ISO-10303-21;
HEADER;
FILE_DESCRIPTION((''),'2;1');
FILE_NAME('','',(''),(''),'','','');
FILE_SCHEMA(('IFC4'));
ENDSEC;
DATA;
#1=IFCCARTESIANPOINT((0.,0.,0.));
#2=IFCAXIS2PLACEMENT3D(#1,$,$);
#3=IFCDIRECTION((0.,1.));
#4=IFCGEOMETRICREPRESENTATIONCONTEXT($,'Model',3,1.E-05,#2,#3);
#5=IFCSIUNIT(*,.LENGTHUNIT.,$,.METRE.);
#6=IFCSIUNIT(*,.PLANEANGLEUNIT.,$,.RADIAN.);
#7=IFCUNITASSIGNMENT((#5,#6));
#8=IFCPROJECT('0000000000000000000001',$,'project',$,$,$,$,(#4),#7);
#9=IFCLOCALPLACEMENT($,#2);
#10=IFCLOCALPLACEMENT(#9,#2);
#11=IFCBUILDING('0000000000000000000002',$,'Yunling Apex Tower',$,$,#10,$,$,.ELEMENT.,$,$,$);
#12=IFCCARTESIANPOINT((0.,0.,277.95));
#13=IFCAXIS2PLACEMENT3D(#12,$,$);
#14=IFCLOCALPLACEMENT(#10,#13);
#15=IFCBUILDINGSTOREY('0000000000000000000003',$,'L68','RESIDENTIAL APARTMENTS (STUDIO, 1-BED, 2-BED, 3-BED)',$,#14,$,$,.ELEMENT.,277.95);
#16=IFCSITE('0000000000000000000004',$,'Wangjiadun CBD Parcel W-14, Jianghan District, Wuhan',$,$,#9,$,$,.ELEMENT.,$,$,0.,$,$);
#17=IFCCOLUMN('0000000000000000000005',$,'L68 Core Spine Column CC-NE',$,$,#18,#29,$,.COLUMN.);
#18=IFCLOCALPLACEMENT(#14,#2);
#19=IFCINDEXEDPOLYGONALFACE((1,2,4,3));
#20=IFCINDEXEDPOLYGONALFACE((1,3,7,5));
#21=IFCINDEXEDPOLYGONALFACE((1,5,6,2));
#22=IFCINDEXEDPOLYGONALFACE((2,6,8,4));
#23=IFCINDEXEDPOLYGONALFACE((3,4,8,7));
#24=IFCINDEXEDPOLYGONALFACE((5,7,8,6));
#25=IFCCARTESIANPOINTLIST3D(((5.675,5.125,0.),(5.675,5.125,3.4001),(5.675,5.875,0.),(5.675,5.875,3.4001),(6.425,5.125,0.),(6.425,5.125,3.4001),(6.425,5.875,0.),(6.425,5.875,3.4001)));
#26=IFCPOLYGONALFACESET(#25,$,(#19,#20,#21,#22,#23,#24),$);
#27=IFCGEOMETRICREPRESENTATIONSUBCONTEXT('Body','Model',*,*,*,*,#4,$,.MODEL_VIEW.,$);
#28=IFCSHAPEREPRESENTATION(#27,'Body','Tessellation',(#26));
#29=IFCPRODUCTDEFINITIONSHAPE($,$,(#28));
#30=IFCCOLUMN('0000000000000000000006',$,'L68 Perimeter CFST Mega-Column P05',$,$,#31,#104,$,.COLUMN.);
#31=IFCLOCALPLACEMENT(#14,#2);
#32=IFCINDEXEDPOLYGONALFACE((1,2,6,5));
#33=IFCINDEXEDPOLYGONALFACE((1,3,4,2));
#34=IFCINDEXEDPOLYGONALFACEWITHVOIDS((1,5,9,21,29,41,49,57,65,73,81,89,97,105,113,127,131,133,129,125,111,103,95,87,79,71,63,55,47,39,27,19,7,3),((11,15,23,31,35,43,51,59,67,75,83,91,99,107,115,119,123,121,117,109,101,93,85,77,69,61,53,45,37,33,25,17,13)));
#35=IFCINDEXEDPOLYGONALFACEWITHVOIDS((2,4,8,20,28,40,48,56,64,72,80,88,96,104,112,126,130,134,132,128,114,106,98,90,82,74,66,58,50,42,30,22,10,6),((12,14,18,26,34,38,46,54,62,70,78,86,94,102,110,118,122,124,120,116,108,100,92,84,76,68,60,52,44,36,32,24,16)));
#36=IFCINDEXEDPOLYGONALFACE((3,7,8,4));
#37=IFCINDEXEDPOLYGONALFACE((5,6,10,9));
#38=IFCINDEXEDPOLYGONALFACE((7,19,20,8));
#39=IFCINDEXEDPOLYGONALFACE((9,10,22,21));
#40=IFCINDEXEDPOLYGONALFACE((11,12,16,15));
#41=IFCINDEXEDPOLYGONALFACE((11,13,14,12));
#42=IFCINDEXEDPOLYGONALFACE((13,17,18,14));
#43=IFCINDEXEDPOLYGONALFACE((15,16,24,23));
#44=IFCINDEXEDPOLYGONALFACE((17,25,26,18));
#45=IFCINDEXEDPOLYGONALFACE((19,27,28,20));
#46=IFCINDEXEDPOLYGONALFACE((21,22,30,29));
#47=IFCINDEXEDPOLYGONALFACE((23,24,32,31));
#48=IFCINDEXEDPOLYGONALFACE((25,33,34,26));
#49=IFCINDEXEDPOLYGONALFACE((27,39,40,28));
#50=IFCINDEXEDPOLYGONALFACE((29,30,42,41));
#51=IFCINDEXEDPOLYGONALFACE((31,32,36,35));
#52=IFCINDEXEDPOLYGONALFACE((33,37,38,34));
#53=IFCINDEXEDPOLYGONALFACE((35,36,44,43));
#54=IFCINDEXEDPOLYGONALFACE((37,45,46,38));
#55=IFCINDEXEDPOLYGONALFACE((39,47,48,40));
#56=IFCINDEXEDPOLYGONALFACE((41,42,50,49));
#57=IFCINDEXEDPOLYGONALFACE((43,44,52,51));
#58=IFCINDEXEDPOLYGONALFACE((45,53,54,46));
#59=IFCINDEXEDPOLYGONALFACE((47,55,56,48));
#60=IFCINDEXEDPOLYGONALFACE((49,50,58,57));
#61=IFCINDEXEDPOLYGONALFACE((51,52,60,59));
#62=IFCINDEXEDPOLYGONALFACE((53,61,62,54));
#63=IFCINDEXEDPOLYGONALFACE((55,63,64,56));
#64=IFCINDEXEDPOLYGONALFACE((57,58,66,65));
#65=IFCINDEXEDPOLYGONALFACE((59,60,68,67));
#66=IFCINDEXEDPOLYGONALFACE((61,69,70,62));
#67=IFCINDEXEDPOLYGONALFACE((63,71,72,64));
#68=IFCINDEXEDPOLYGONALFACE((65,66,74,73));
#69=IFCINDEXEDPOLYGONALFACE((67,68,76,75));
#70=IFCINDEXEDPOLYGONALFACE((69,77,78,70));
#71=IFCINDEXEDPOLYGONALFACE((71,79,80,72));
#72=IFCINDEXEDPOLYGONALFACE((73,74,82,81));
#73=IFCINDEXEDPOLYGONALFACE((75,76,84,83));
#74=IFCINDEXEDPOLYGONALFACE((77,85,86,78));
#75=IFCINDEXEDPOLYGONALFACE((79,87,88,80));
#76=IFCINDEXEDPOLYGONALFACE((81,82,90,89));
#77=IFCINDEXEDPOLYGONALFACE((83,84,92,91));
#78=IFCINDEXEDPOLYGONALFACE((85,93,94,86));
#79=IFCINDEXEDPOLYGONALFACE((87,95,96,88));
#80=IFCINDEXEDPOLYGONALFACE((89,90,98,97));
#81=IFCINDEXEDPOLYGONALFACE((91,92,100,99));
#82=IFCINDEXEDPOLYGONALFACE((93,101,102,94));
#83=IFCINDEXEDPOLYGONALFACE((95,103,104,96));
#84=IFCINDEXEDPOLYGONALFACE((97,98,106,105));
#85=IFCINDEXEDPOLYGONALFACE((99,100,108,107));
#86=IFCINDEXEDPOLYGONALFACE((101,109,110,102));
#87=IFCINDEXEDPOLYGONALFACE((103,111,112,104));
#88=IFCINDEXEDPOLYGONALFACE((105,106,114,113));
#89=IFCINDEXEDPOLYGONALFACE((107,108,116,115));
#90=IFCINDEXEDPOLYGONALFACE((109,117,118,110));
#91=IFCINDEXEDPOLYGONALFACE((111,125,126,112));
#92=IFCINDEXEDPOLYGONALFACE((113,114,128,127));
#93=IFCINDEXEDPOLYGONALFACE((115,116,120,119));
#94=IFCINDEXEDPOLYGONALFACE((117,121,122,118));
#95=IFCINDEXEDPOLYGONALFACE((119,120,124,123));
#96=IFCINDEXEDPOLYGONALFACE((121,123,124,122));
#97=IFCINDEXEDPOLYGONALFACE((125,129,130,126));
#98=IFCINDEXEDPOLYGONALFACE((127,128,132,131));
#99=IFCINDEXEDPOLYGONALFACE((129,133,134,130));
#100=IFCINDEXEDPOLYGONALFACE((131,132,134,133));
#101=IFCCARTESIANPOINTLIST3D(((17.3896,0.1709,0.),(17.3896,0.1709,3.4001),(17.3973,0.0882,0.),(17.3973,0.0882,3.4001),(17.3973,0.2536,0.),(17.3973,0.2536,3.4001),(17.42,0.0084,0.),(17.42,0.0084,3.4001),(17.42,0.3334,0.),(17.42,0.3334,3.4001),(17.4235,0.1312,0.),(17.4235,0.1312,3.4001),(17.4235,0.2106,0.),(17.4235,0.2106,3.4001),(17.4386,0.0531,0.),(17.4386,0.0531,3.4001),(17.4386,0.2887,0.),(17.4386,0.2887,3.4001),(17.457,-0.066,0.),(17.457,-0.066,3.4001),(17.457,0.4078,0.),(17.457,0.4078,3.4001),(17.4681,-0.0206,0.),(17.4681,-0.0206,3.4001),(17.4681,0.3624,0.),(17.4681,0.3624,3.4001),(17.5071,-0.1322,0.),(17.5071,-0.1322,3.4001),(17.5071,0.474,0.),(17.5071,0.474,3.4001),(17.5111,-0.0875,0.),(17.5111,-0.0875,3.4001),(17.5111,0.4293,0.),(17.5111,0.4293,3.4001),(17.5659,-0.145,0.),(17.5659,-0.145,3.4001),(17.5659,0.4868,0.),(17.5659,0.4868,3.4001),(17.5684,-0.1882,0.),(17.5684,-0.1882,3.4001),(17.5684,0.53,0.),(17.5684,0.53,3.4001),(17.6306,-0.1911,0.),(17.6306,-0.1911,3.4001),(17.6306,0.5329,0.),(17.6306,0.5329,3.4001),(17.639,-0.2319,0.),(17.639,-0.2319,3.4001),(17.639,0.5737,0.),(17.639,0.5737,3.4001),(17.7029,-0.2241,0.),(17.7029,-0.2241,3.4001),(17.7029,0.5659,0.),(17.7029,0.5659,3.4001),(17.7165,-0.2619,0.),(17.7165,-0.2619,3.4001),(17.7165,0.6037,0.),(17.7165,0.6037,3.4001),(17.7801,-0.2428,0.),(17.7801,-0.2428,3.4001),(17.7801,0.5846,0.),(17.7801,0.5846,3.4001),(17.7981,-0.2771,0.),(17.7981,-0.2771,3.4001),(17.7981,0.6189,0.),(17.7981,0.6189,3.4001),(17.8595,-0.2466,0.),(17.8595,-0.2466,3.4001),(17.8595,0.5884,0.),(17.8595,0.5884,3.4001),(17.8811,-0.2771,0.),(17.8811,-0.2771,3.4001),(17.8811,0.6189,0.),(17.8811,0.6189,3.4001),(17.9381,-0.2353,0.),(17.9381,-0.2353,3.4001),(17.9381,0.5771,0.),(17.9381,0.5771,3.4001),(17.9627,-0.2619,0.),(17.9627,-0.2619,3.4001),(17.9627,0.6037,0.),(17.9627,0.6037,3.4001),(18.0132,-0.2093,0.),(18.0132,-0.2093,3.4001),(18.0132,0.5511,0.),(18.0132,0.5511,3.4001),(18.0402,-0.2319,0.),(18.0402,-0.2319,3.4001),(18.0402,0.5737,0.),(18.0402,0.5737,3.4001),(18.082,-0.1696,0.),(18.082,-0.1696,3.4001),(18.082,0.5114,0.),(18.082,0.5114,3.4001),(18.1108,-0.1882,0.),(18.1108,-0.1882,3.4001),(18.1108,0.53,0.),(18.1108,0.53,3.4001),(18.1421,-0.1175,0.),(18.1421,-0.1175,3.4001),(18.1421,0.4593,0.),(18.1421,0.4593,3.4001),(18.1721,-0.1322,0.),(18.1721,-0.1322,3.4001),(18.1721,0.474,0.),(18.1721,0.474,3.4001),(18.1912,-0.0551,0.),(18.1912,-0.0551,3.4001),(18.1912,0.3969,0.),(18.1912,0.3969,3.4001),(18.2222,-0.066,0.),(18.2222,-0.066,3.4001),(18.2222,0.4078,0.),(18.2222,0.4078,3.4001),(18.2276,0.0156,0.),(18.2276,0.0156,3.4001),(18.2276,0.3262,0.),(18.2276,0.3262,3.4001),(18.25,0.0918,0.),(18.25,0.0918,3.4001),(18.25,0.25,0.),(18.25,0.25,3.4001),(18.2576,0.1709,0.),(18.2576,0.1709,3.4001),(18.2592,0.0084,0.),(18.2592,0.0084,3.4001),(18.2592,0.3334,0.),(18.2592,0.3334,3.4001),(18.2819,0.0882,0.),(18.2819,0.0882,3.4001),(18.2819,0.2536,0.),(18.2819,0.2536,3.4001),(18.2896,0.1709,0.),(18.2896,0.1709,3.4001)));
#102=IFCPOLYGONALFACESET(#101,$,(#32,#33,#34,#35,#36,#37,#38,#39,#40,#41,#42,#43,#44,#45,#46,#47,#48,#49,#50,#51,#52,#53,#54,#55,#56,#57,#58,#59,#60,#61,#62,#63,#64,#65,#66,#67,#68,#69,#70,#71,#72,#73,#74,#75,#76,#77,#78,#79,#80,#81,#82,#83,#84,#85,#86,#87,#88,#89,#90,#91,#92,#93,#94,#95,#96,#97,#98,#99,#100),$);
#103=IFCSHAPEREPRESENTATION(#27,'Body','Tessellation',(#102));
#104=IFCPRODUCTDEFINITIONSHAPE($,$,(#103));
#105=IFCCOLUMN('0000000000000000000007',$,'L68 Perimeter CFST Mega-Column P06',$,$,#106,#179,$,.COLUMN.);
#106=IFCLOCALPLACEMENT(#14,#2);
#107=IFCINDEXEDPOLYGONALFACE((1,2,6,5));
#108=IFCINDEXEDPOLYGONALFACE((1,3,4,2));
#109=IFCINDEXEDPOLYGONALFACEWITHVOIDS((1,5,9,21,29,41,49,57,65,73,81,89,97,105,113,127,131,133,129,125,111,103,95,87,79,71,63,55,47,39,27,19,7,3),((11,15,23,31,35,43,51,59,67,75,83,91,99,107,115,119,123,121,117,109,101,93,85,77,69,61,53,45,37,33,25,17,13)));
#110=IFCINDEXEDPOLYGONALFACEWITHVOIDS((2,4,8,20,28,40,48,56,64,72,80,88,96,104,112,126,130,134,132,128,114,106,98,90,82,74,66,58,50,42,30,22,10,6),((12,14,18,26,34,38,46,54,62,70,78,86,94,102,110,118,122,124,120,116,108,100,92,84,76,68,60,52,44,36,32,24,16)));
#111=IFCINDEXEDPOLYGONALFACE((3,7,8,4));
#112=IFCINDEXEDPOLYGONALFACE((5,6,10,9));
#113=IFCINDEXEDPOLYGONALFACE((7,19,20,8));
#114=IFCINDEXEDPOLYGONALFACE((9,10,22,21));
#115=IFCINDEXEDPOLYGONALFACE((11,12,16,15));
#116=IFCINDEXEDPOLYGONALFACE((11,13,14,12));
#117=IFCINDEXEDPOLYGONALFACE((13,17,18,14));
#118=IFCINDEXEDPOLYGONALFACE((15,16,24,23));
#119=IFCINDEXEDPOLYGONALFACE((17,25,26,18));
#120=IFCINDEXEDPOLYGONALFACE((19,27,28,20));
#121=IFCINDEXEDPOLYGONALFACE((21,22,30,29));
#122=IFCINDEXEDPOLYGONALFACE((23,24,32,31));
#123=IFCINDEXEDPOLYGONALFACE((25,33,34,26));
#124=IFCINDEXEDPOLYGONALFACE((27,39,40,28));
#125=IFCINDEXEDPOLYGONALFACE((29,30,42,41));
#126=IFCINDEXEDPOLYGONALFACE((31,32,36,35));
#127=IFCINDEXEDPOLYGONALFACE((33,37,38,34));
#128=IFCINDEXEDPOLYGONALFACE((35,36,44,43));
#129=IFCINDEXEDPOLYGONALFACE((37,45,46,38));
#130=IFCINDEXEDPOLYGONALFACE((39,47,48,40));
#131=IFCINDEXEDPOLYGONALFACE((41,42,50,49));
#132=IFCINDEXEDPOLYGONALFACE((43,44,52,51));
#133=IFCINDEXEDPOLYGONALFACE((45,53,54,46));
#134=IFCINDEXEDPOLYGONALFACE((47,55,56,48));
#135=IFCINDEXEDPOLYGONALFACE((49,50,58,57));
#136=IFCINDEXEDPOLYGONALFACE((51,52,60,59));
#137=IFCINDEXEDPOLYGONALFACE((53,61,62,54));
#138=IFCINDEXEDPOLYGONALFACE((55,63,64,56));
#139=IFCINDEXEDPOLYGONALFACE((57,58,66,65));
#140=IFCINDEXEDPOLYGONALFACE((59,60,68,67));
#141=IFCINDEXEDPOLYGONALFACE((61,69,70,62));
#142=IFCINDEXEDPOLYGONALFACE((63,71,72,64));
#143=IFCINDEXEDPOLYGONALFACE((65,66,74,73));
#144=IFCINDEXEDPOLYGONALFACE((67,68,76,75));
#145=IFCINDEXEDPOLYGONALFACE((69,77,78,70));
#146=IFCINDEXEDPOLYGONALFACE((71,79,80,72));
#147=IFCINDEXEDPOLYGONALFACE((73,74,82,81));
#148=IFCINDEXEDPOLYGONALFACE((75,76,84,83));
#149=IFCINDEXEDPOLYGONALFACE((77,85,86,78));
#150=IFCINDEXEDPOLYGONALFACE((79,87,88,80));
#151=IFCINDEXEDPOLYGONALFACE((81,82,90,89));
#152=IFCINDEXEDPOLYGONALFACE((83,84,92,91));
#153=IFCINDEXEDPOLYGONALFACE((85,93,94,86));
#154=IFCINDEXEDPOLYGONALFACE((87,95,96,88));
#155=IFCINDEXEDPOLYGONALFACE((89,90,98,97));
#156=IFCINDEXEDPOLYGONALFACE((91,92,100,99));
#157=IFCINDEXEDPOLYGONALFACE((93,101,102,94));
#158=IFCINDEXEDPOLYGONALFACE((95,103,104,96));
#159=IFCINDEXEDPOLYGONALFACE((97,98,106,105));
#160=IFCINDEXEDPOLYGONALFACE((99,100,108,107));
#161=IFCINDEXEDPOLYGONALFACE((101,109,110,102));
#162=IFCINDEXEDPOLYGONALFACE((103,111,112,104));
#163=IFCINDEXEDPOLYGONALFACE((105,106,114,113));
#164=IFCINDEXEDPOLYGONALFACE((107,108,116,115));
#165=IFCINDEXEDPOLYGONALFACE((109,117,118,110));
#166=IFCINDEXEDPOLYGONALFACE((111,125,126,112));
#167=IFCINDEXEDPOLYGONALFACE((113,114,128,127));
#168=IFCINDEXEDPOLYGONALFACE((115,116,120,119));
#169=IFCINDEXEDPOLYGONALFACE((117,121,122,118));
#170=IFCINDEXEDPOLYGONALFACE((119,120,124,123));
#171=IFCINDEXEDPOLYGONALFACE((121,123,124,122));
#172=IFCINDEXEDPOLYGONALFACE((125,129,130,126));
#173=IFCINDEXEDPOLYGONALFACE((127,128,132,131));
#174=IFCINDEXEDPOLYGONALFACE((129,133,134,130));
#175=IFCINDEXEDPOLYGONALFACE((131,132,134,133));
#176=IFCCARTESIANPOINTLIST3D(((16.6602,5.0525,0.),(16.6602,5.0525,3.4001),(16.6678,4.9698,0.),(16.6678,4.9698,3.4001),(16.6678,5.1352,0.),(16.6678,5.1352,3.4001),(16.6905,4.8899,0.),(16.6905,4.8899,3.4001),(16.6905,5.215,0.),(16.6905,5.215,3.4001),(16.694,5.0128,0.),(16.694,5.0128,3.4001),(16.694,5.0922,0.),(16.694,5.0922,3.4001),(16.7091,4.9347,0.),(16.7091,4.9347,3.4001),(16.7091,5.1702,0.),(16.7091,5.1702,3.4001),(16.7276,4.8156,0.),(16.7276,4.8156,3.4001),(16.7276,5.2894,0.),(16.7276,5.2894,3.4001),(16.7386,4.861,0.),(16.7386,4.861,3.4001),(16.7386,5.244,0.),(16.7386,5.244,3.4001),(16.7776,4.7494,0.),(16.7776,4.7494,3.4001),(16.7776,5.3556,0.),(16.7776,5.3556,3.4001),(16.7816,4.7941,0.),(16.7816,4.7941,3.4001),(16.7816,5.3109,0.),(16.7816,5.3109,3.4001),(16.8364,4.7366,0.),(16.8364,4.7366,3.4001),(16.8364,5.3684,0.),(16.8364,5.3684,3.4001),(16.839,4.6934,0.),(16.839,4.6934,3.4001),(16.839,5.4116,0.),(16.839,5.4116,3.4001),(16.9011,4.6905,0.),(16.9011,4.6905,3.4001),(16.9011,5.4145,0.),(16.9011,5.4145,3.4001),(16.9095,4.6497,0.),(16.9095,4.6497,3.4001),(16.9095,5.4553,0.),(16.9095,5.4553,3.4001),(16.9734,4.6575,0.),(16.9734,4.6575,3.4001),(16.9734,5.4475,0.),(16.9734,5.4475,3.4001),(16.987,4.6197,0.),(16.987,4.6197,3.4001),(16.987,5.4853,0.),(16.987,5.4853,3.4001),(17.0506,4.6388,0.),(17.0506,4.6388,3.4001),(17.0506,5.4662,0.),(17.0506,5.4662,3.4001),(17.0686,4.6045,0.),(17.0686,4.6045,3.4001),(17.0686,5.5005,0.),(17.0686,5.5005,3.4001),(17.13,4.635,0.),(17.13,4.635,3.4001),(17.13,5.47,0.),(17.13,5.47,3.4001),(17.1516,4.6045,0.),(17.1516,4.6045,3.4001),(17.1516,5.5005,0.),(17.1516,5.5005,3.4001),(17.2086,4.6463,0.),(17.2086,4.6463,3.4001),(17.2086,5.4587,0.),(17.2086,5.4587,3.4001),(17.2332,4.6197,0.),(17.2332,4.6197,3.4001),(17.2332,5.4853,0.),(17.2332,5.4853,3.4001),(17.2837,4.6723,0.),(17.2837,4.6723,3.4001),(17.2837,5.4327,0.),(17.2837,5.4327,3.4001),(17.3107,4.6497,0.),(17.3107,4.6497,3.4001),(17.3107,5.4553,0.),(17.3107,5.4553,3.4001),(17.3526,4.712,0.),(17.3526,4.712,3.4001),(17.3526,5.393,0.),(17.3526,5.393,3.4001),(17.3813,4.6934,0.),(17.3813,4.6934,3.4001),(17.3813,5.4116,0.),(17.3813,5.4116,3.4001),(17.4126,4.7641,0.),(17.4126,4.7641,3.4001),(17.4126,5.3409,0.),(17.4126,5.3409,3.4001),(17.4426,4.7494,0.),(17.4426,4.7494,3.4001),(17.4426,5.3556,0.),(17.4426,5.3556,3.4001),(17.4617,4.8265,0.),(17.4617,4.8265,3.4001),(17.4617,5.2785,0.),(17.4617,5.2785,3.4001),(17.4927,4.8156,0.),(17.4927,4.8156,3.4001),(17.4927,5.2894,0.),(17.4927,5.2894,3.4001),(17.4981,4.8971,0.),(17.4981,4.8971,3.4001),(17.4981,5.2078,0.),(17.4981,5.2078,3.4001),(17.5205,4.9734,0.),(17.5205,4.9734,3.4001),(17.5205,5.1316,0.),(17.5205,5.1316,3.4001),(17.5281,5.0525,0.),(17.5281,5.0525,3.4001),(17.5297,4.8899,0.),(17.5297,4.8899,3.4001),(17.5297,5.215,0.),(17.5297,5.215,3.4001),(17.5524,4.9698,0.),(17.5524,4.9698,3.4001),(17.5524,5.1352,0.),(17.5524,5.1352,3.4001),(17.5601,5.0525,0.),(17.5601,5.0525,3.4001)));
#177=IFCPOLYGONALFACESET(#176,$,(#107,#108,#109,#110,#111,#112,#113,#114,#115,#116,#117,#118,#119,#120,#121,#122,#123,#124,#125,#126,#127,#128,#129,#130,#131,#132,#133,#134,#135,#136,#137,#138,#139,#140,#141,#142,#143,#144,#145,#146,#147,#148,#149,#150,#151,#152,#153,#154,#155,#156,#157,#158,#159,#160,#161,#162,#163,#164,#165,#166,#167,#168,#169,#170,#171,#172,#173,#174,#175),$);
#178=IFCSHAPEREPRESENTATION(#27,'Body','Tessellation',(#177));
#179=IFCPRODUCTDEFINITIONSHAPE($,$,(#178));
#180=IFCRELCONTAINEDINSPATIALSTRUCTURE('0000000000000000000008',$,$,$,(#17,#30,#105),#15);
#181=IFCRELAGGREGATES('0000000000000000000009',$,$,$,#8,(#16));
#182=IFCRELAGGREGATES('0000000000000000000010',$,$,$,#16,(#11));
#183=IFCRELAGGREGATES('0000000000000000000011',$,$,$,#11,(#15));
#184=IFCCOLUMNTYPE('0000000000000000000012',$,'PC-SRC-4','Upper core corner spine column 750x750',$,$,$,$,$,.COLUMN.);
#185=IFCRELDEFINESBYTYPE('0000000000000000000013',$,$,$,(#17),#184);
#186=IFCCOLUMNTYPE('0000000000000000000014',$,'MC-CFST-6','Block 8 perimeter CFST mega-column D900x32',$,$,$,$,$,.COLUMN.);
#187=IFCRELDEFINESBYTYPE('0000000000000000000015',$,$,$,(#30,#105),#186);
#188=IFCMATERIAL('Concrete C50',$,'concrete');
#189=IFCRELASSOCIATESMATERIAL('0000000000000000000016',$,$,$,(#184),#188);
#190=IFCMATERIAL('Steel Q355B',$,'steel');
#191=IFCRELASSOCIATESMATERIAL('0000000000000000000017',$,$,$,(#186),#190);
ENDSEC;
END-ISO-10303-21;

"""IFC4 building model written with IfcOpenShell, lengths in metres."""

from ifc_helpers import new_model, si_unit, direction, frame, origin, origin_2d, place, context, subcontext, project, spatial, rectangle, hollow_circle, extrude, source, transform, mapped, material, material_profile, profile_set, type_object, element, save


model = new_model("IFC4")

# Units and contexts
model_context = context("Model", 3, precision=1e-05, world=origin(), true_north=direction((0.0, 1.0)))
body_context = subcontext(model_context, "Body", "Model", "MODEL_VIEW")
ifc_project = project(units=[si_unit("LENGTHUNIT", "METRE"), si_unit("PLANEANGLEUNIT", "RADIAN")], contexts=[model_context])

# Site, building, storey
site_placement = place(None, origin())
site = spatial("IfcSite", under=ifc_project, at=site_placement, Name="Wangjiadun CBD Parcel W-14, Jianghan District, Wuhan", CompositionType="ELEMENT", RefElevation=0.0)
building_placement = place(site_placement, origin())
building = spatial("IfcBuilding", under=site, at=building_placement, Name="Yunling Apex Tower", CompositionType="ELEMENT")
storey_placement = place(building_placement, frame((0.0, 0.0, 277.95)))
storey = spatial("IfcBuildingStorey", under=building, at=storey_placement, Name="L68", Description="RESIDENTIAL APARTMENTS (STUDIO, 1-BED, 2-BED, 3-BED)", CompositionType="ELEMENT", Elevation=277.95)

# Columns
ifc_material_1 = material(Name="Concrete C50", Category="concrete")
ifc_material_profile_1 = material_profile(ifc_material_1, rectangle(XDim=0.75, YDim=0.75, at=origin_2d()))
ifc_profile_set_1 = profile_set([ifc_material_profile_1], Name="Concrete C50")
column_type_1 = type_object("IfcColumnType", Name="PC-SRC-4", Description="Upper core corner spine column 750x750", PredefinedType="COLUMN", material=ifc_profile_set_1)
shared_shape_1 = source(origin(), body_context, "Body", "SweptSolid", [
    extrude(rectangle(XDim=0.75, YDim=0.75, at=origin_2d()), origin(), (0.0, 0.0, 1.0), 3.4001),
])
column_placement = place(storey_placement, frame((6.05, 5.5, 0.0), z_axis=(0.0, 0.0, 1.0), x_axis=(1.0, 0.0, 0.0)))
element("IfcColumn", 1, at=column_placement, inside=storey, type_object=column_type_1, Name="L68 Core Spine Column CC-NE", PredefinedType="COLUMN", context=body_context, shape_type="MappedRepresentation", body=[
    mapped(shared_shape_1, transform((0.0, 0.0, 0.0), scale=1.0)),
])
ifc_material_2 = material(Name="Steel Q355B", Category="steel")
ifc_material_profile_2 = material_profile(ifc_material_2, hollow_circle(Radius=0.45, WallThickness=0.032, at=origin_2d()))
ifc_profile_set_2 = profile_set([ifc_material_profile_2], Name="Steel Q355B")
column_type_2 = type_object("IfcColumnType", Name="MC-CFST-6", Description="Block 8 perimeter CFST mega-column D900x32", PredefinedType="COLUMN", material=ifc_profile_set_2)
shared_shape_2 = source(origin(), body_context, "Body", "SweptSolid", [
    extrude(hollow_circle(Radius=0.45, WallThickness=0.032, at=origin_2d()), origin(), (0.0, 0.0, 1.0), 3.4001),
])
for number, where, z_axis, x_axis, name in (
    (2, (17.8396, 0.1709, 0.0), (0.0, 0.0, 1.0), (1.0, 0.0, 0.0), "L68 Perimeter CFST Mega-Column P05"),
    (3, (17.1101, 5.0525, 0.0), (0.0, 0.0, 1.0), (1.0, 0.0, 0.0), "L68 Perimeter CFST Mega-Column P06"),
):
    element("IfcColumn", number, at=place(storey_placement, frame(where, z_axis=z_axis, x_axis=x_axis)), inside=storey, type_object=column_type_2, Name=name, PredefinedType="COLUMN", context=body_context, shape_type="MappedRepresentation", body=[
        mapped(shared_shape_2, transform((0.0, 0.0, 0.0), scale=1.0)),
    ])

save(model, "model.ifc")
